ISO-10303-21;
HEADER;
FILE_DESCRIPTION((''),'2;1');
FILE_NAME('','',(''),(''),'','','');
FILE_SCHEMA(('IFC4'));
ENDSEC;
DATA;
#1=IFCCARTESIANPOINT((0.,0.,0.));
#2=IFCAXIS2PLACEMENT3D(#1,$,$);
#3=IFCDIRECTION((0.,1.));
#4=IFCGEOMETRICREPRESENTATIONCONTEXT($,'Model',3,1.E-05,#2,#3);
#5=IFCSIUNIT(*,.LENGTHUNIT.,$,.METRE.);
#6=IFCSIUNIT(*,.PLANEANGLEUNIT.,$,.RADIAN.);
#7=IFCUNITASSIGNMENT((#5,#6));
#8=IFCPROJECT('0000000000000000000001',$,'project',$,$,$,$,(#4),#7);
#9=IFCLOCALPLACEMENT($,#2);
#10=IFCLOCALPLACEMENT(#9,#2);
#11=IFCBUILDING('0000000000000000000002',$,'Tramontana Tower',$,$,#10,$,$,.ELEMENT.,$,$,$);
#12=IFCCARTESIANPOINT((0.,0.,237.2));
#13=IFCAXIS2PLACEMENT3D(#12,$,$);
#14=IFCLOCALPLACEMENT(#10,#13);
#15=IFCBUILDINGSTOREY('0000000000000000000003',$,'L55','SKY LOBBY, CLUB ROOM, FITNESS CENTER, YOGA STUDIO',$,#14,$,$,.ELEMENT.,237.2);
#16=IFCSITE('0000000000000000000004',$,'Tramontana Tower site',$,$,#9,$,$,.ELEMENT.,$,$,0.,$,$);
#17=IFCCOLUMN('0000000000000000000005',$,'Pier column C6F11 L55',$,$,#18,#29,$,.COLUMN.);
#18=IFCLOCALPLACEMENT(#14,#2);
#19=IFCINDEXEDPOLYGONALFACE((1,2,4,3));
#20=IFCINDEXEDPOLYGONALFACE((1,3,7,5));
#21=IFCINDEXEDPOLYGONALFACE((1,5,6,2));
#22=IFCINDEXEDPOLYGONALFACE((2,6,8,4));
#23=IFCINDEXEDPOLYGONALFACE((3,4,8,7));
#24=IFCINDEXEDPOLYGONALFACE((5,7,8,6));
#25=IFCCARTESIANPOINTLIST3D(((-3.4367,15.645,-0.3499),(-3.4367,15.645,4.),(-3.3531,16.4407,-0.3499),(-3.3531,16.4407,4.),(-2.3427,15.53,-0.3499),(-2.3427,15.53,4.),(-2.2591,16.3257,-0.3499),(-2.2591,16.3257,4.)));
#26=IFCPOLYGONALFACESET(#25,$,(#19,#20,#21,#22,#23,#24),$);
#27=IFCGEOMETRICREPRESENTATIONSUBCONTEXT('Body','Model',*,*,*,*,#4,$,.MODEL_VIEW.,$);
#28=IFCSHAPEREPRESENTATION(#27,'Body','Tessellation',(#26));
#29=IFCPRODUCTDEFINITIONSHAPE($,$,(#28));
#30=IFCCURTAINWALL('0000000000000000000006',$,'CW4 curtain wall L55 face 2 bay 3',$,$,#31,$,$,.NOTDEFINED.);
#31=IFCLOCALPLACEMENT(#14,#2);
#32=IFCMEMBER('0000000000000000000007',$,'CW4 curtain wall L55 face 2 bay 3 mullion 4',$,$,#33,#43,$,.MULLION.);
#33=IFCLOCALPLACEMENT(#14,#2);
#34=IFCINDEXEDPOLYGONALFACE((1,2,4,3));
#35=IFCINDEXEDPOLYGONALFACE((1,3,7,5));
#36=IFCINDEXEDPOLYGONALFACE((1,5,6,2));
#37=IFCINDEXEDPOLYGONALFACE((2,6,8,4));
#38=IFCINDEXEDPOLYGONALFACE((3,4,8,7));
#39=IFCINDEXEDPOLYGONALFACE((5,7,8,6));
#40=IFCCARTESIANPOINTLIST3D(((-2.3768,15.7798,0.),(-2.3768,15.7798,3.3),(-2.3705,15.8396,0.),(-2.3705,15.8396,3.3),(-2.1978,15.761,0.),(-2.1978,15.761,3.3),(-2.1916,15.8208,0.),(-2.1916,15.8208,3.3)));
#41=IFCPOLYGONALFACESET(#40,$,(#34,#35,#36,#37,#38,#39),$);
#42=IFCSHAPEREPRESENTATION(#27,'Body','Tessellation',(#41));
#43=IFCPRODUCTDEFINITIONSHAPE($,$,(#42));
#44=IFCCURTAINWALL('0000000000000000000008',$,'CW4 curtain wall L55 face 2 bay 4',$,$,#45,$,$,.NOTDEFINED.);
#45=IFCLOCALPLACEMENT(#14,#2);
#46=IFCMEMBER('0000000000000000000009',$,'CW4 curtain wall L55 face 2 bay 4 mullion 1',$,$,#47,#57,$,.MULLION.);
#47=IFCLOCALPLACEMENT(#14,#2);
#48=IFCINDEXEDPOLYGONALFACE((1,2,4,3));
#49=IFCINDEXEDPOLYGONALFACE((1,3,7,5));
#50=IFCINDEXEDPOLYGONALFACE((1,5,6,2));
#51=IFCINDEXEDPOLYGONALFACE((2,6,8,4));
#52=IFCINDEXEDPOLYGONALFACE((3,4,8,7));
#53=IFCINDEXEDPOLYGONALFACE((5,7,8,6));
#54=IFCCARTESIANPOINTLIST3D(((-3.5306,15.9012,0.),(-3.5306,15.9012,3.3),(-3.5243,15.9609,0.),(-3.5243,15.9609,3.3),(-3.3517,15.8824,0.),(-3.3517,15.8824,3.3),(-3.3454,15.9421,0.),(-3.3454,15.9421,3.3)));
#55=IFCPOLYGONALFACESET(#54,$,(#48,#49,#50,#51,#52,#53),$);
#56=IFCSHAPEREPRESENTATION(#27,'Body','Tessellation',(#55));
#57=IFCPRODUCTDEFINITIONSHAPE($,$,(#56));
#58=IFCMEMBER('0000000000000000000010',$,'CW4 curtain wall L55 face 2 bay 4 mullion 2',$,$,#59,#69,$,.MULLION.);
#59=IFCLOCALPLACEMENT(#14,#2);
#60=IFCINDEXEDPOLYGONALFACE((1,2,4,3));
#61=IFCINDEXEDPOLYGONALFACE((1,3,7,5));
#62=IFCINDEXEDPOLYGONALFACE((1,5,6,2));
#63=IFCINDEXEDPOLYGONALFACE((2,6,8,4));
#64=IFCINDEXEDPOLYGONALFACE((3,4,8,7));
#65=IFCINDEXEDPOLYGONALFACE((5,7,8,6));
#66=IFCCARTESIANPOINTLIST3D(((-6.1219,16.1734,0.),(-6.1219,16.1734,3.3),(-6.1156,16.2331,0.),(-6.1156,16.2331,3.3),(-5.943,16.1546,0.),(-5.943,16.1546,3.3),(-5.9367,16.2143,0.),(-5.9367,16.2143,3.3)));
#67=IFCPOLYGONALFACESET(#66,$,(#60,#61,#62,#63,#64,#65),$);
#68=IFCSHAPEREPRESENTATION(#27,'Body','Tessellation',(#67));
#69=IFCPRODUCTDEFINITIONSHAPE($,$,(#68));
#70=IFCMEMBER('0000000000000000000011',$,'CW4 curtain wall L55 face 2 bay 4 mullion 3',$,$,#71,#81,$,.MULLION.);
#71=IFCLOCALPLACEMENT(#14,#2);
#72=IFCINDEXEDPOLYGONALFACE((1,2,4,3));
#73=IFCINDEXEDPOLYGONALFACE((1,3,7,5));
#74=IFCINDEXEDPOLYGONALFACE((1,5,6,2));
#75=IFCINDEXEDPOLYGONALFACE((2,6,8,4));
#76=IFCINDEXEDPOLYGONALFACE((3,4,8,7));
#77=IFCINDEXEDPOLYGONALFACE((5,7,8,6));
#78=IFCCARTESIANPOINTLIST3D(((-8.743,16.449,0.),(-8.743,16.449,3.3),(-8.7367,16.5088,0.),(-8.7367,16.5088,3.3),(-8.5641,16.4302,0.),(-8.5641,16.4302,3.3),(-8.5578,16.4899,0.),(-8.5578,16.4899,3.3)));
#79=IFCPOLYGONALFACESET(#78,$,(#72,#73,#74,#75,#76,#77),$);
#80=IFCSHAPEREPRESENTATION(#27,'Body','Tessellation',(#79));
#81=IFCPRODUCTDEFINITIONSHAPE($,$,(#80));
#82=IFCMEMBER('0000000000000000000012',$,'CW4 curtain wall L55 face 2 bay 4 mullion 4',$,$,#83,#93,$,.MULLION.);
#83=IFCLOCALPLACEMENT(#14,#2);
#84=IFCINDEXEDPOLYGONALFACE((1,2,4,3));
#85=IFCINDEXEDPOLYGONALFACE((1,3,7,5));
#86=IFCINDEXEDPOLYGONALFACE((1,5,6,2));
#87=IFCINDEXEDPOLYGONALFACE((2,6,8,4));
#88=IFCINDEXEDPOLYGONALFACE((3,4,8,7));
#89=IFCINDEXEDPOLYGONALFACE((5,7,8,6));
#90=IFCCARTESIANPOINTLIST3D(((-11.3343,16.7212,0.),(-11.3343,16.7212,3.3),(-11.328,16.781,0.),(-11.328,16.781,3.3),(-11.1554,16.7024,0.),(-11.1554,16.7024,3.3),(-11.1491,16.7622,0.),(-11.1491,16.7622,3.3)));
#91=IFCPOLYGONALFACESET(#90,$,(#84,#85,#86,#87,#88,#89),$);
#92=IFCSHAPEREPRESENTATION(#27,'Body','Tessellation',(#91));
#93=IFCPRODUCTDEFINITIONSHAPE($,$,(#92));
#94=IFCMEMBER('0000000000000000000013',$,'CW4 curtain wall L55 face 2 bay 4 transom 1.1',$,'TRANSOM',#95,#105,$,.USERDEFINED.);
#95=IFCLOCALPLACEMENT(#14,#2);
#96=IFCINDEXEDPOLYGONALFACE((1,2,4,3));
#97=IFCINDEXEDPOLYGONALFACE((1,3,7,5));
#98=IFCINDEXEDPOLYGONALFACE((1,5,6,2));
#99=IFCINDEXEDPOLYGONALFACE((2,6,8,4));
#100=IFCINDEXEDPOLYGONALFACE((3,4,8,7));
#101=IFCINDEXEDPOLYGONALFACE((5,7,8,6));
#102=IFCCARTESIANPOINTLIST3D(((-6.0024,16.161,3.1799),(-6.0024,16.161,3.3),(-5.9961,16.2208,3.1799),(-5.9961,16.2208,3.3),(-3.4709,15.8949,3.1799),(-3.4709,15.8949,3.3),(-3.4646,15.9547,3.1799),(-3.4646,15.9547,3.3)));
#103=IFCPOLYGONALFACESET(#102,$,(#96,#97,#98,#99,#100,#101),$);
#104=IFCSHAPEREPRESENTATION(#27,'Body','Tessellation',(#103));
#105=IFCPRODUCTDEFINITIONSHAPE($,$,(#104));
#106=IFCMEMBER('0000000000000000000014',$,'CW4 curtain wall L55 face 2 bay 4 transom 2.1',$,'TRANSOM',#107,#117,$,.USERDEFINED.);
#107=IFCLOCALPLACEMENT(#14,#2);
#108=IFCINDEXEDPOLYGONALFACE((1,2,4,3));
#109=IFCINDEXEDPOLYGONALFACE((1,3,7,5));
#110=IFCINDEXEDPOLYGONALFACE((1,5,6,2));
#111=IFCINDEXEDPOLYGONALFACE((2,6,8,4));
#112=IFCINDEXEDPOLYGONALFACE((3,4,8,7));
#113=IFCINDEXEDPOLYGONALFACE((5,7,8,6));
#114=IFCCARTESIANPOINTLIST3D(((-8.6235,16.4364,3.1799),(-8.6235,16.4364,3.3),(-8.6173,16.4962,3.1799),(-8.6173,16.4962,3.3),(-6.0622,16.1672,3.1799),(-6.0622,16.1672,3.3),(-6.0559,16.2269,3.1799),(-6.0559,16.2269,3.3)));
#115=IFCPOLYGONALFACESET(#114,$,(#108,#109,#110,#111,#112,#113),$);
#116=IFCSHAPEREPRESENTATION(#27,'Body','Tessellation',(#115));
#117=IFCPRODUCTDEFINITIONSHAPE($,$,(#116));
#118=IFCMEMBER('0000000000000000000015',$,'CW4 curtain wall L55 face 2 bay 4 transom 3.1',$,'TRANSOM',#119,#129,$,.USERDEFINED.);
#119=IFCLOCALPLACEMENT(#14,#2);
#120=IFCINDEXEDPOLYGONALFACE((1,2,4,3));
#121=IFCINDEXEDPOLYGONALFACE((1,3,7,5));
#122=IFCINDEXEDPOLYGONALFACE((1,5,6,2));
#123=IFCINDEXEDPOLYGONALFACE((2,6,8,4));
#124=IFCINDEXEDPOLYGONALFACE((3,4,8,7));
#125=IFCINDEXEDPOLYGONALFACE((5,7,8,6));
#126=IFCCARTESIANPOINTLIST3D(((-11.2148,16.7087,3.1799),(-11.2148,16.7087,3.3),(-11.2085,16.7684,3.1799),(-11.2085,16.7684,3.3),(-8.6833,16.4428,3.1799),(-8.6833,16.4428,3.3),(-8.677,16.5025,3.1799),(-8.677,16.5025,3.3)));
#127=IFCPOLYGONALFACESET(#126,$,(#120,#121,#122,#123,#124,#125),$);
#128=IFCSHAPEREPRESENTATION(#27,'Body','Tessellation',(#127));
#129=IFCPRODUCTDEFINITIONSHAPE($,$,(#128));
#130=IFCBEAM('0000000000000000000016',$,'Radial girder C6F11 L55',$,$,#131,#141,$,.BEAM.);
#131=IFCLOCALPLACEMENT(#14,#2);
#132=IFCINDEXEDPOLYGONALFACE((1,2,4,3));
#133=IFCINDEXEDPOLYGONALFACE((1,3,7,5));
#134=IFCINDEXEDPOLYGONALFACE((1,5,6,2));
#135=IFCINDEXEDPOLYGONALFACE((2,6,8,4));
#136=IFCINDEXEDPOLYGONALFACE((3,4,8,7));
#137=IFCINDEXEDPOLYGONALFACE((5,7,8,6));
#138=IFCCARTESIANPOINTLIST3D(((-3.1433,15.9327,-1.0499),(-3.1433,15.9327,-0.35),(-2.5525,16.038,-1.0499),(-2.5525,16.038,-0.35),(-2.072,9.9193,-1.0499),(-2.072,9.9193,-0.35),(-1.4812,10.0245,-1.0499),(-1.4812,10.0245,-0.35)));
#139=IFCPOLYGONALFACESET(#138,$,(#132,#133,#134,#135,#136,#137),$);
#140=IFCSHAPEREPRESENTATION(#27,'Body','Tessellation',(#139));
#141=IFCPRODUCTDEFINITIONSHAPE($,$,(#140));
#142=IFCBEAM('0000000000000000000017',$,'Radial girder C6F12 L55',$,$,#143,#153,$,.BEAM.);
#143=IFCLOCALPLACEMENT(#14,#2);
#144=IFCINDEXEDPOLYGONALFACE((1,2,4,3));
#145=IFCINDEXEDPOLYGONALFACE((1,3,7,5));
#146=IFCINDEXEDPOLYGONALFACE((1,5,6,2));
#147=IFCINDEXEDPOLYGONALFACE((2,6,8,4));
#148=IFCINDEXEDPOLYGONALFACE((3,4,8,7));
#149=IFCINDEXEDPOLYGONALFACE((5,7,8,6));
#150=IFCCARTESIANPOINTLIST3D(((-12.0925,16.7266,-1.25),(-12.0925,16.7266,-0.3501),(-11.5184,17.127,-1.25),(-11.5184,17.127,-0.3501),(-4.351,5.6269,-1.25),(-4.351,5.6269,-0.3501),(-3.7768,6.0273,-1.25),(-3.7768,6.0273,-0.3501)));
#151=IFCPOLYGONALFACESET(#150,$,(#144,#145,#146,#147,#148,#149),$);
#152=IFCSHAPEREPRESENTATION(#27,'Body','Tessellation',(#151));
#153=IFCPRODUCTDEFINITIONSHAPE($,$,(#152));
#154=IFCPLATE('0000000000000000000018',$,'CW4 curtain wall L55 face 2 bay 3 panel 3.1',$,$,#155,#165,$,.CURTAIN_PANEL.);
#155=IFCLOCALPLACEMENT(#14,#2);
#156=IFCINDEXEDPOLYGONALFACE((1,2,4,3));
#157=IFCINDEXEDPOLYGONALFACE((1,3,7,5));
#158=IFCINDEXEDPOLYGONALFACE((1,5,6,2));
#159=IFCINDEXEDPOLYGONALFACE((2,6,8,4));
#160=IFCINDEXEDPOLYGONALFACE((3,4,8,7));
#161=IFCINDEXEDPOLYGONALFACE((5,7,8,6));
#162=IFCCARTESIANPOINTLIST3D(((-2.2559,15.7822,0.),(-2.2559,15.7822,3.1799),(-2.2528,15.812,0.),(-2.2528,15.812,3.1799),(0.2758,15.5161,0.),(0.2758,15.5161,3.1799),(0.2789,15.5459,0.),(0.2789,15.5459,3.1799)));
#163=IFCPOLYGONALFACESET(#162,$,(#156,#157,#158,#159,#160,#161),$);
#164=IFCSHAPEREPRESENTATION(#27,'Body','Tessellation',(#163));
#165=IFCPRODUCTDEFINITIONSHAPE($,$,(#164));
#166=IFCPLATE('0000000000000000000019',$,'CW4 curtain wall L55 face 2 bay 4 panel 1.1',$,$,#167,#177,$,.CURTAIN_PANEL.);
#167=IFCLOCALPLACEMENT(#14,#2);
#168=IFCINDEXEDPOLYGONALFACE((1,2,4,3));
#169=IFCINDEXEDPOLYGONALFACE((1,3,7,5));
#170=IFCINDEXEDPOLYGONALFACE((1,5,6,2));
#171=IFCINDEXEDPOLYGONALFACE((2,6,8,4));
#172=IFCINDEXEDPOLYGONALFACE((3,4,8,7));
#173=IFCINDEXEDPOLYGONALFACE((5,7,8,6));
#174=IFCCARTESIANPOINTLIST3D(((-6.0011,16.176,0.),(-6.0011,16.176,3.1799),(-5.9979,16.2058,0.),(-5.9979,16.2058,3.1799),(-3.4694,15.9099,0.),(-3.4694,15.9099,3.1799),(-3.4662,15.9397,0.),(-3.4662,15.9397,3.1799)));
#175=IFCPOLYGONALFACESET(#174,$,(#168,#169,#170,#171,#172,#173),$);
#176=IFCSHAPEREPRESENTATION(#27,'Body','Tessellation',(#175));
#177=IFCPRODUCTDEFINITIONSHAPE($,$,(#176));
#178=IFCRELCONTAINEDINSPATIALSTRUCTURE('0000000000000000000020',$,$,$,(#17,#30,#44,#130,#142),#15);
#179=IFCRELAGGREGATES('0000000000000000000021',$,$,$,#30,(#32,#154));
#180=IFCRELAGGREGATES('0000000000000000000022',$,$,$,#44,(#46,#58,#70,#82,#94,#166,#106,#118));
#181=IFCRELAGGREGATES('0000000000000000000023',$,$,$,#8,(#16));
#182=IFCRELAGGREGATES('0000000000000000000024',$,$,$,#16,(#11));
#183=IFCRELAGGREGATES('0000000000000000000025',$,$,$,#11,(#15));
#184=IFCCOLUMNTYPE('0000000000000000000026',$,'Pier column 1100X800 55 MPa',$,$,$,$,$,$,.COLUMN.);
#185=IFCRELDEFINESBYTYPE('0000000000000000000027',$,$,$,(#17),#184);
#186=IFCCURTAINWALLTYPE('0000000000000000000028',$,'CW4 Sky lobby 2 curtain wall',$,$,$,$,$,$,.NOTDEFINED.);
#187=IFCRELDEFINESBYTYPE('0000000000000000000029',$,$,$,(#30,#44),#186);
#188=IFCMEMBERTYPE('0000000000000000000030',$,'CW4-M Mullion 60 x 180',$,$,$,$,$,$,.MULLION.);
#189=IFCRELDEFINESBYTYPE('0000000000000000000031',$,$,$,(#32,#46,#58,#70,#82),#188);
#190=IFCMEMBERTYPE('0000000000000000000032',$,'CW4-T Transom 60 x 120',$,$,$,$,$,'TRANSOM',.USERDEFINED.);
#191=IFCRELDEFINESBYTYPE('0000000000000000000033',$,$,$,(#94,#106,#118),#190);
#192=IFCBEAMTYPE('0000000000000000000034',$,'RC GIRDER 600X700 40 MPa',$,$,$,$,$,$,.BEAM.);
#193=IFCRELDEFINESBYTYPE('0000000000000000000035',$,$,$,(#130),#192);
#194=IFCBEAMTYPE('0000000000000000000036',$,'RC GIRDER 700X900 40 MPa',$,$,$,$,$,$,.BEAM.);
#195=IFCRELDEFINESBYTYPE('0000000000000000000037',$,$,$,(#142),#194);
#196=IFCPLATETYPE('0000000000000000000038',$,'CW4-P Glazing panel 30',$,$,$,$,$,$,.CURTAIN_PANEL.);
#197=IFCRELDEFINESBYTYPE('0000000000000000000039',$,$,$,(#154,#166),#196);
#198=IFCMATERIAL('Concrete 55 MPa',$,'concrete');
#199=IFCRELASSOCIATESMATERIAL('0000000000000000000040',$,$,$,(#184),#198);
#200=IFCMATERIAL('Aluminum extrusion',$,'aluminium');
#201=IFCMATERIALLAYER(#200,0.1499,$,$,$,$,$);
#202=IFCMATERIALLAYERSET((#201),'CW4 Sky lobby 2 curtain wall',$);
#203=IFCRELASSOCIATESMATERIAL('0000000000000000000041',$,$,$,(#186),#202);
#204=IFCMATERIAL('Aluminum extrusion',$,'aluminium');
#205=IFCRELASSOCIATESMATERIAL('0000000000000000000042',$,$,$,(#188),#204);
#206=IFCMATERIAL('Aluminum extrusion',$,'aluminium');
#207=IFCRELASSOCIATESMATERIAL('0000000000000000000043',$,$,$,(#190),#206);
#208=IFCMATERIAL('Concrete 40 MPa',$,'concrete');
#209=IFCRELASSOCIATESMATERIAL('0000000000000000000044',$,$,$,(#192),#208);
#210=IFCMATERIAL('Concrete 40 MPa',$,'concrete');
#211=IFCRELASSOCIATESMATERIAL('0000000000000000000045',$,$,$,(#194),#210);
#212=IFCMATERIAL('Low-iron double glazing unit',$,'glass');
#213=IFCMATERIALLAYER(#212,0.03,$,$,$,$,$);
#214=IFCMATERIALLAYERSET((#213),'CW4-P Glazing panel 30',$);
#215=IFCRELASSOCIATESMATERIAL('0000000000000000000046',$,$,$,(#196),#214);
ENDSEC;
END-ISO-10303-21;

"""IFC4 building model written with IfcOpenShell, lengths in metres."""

from ifc_helpers import new_model, si_unit, direction, frame, origin, origin_2d, place, context, subcontext, project, spatial, rectangle, extrude, material, layer, layer_set, material_profile, profile_set, type_object, element, aggregate, save


model = new_model("IFC4")

# Units and contexts
model_context = context("Model", 3, precision=1e-05, world=origin(), true_north=direction((0.0, 1.0)))
body_context = subcontext(model_context, "Body", "Model", "MODEL_VIEW")
ifc_project = project(units=[si_unit("LENGTHUNIT", "METRE"), si_unit("PLANEANGLEUNIT", "RADIAN")], contexts=[model_context])

# Site, building, storey
site_placement = place(None, origin())
site = spatial("IfcSite", under=ifc_project, at=site_placement, Name="Tramontana Tower site", CompositionType="ELEMENT", RefElevation=0.0)
building_placement = place(site_placement, origin())
building = spatial("IfcBuilding", under=site, at=building_placement, Name="Tramontana Tower", CompositionType="ELEMENT")
storey_placement = place(building_placement, frame((0.0, 0.0, 237.2)))
storey = spatial("IfcBuildingStorey", under=building, at=storey_placement, Name="L55", Description="SKY LOBBY, CLUB ROOM, FITNESS CENTER, YOGA STUDIO", CompositionType="ELEMENT", Elevation=237.2)

# Column
ifc_material_1 = material(Name="Concrete 55 MPa", Category="concrete")
ifc_material_profile_1 = material_profile(ifc_material_1, rectangle(XDim=1.1001, YDim=0.8, at=origin_2d()), Name="Pier column 1100X800 55 MPa")
ifc_profile_set_1 = profile_set([ifc_material_profile_1], Name="Concrete 55 MPa")
column_type = type_object("IfcColumnType", Name="Pier column 1100X800 55 MPa", PredefinedType="COLUMN", material=ifc_profile_set_1)
column_placement = place(storey_placement, frame((-2.8479, 15.9854, -0.3499), z_axis=(0.0, 0.0, 1.0), x_axis=(-0.994522, 0.104528, 0.0)))
element("IfcColumn", 1, at=column_placement, inside=storey, type_object=column_type, Name="Pier column C6F11 L55", PredefinedType="COLUMN", context=body_context, shape_type="SweptSolid", body=[
    extrude(rectangle(XDim=1.1001, YDim=0.8, at=origin_2d()), origin(), (0.0, 0.0, 1.0), 4.3499),
])

# Curtain wall, member
ifc_material_2 = material(Name="Aluminum extrusion", Category="aluminium")
ifc_layer_1 = layer(ifc_material_2, 0.1499)
ifc_layer_set_1 = layer_set([ifc_layer_1], Name="CW4 Sky lobby 2 curtain wall")
curtain_wall_type = type_object("IfcCurtainWallType", Name="CW4 Sky lobby 2 curtain wall", PredefinedType="NOTDEFINED", material=ifc_layer_set_1)
curtain_wall_1_placement = place(storey_placement, origin())
curtain_wall_1 = element("IfcCurtainWall", 2, at=curtain_wall_1_placement, inside=storey, type_object=curtain_wall_type, Name="CW4 curtain wall L55 face 2 bay 3", PredefinedType="NOTDEFINED")
ifc_material_3 = material(Name="Aluminum extrusion", Category="aluminium")
ifc_material_profile_2 = material_profile(ifc_material_3, rectangle(XDim=0.0601, YDim=0.1799, at=origin_2d()), Name="CW4-M Mullion 60 x 180")
ifc_profile_set_2 = profile_set([ifc_material_profile_2], Name="Aluminum extrusion")
member_type_1 = type_object("IfcMemberType", Name="CW4-M Mullion 60 x 180", PredefinedType="MULLION", material=ifc_profile_set_2)
member_1_placement = place(storey_placement, frame((-2.2842, 15.8003, 0.0), z_axis=(0.0, 0.0, 1.0), x_axis=(-0.104528, -0.994522, 0.0)))
member_1 = element("IfcMember", 3, at=member_1_placement, type_object=member_type_1, Name="CW4 curtain wall L55 face 2 bay 3 mullion 4", PredefinedType="MULLION", context=body_context, shape_type="SweptSolid", body=[
    extrude(rectangle(XDim=0.0601, YDim=0.1799, at=origin_2d()), origin(), (0.0, 0.0, 1.0), 3.3),
])

# Curtain wall, members
curtain_wall_2_placement = place(storey_placement, origin())
curtain_wall_2 = element("IfcCurtainWall", 4, at=curtain_wall_2_placement, inside=storey, type_object=curtain_wall_type, Name="CW4 curtain wall L55 face 2 bay 4", PredefinedType="NOTDEFINED")
member_2_placement = place(storey_placement, frame((-3.438, 15.9216, 0.0), z_axis=(0.0, 0.0, 1.0), x_axis=(-0.104528, -0.994522, 0.0)))
member_2 = element("IfcMember", 5, at=member_2_placement, type_object=member_type_1, Name="CW4 curtain wall L55 face 2 bay 4 mullion 1", PredefinedType="MULLION", context=body_context, shape_type="SweptSolid", body=[
    extrude(rectangle(XDim=0.0601, YDim=0.1799, at=origin_2d()), origin(), (0.0, 0.0, 1.0), 3.3),
])
member_3_placement = place(storey_placement, frame((-6.0293, 16.1938, 0.0), z_axis=(0.0, 0.0, 1.0), x_axis=(-0.104528, -0.994522, 0.0)))
member_3 = element("IfcMember", 6, at=member_3_placement, type_object=member_type_1, Name="CW4 curtain wall L55 face 2 bay 4 mullion 2", PredefinedType="MULLION", context=body_context, shape_type="SweptSolid", body=[
    extrude(rectangle(XDim=0.0601, YDim=0.1799, at=origin_2d()), origin(), (0.0, 0.0, 1.0), 3.3),
])
member_4_placement = place(storey_placement, frame((-8.6504, 16.4695, 0.0), z_axis=(0.0, 0.0, 1.0), x_axis=(-0.104528, -0.994522, 0.0)))
member_4 = element("IfcMember", 7, at=member_4_placement, type_object=member_type_1, Name="CW4 curtain wall L55 face 2 bay 4 mullion 3", PredefinedType="MULLION", context=body_context, shape_type="SweptSolid", body=[
    extrude(rectangle(XDim=0.0601, YDim=0.1799, at=origin_2d()), origin(), (0.0, 0.0, 1.0), 3.3),
])
member_5_placement = place(storey_placement, frame((-11.2417, 16.7417, 0.0), z_axis=(0.0, 0.0, 1.0), x_axis=(-0.104528, -0.994522, 0.0)))
member_5 = element("IfcMember", 8, at=member_5_placement, type_object=member_type_1, Name="CW4 curtain wall L55 face 2 bay 4 mullion 4", PredefinedType="MULLION", context=body_context, shape_type="SweptSolid", body=[
    extrude(rectangle(XDim=0.0601, YDim=0.1799, at=origin_2d()), origin(), (0.0, 0.0, 1.0), 3.3),
])
ifc_material_4 = material(Name="Aluminum extrusion", Category="aluminium")
ifc_material_profile_3 = material_profile(ifc_material_4, rectangle(XDim=0.0601, YDim=0.1201, at=origin_2d()), Name="CW4-T Transom 60 x 120")
ifc_profile_set_3 = profile_set([ifc_material_profile_3], Name="Aluminum extrusion")
member_type_2 = type_object("IfcMemberType", Name="CW4-T Transom 60 x 120", ElementType="TRANSOM", PredefinedType="USERDEFINED", material=ifc_profile_set_3)
member_6_placement = place(storey_placement, frame((-3.4678, 15.9248, 3.24), z_axis=(-0.99452, 0.104545, 0.0), x_axis=(-0.104545, -0.99452, 0.0)))
member_6 = element("IfcMember", 9, at=member_6_placement, type_object=member_type_2, Name="CW4 curtain wall L55 face 2 bay 4 transom 1.1", ObjectType="TRANSOM", PredefinedType="USERDEFINED", context=body_context, shape_type="SweptSolid", body=[
    extrude(rectangle(XDim=0.0601, YDim=0.1201, at=origin_2d()), origin(), (0.0, 0.0, 1.0), 2.5454),
])
member_7_placement = place(storey_placement, frame((-6.0591, 16.197, 3.24), z_axis=(-0.994518, 0.104561, 0.0), x_axis=(-0.104561, -0.994518, 0.0)))
member_7 = element("IfcMember", 10, at=member_7_placement, type_object=member_type_2, Name="CW4 curtain wall L55 face 2 bay 4 transom 2.1", ObjectType="TRANSOM", PredefinedType="USERDEFINED", context=body_context, shape_type="SweptSolid", body=[
    extrude(rectangle(XDim=0.0601, YDim=0.1201, at=origin_2d()), origin(), (0.0, 0.0, 1.0), 2.5754),
])
member_8_placement = place(storey_placement, frame((-8.6802, 16.4727, 3.24), z_axis=(-0.99453, 0.10445, 0.0), x_axis=(-0.10445, -0.99453, 0.0)))
member_8 = element("IfcMember", 11, at=member_8_placement, type_object=member_type_2, Name="CW4 curtain wall L55 face 2 bay 4 transom 3.1", ObjectType="TRANSOM", PredefinedType="USERDEFINED", context=body_context, shape_type="SweptSolid", body=[
    extrude(rectangle(XDim=0.0601, YDim=0.1201, at=origin_2d()), origin(), (0.0, 0.0, 1.0), 2.5454),
])

# Beams
ifc_material_5 = material(Name="Concrete 40 MPa", Category="concrete")
ifc_material_profile_4 = material_profile(ifc_material_5, rectangle(XDim=0.6001, YDim=0.7, at=origin_2d()), Name="RC GIRDER 600X700 40 MPa")
ifc_profile_set_4 = profile_set([ifc_material_profile_4], Name="Concrete 40 MPa")
beam_type_1 = type_object("IfcBeamType", Name="RC GIRDER 600X700 40 MPa", PredefinedType="BEAM", material=ifc_profile_set_4)
beam_1_placement = place(storey_placement, frame((-2.8479, 15.9854, -0.7), z_axis=(0.175388, -0.984499, 0.0), x_axis=(0.984499, 0.175388, 0.0)))
element("IfcBeam", 12, at=beam_1_placement, inside=storey, type_object=beam_type_1, Name="Radial girder C6F11 L55", PredefinedType="BEAM", context=body_context, shape_type="SweptSolid", body=[
    extrude(rectangle(XDim=0.6001, YDim=0.7, at=origin_2d()), origin(), (0.0, 0.0, 1.0), 6.1082),
])
ifc_material_6 = material(Name="Concrete 40 MPa", Category="concrete")
ifc_material_profile_5 = material_profile(ifc_material_6, rectangle(XDim=0.7, YDim=0.8999, at=origin_2d()), Name="RC GIRDER 700X900 40 MPa")
ifc_profile_set_5 = profile_set([ifc_material_profile_5], Name="Concrete 40 MPa")
beam_type_2 = type_object("IfcBeamType", Name="RC GIRDER 700X900 40 MPa", PredefinedType="BEAM", material=ifc_profile_set_5)
beam_2_placement = place(storey_placement, frame((-11.8054, 16.9268, -0.8), z_axis=(0.572059, -0.820212, 0.0), x_axis=(0.820212, 0.572059, 0.0)))
element("IfcBeam", 13, at=beam_2_placement, inside=storey, type_object=beam_type_2, Name="Radial girder C6F12 L55", PredefinedType="BEAM", context=body_context, shape_type="SweptSolid", body=[
    extrude(rectangle(XDim=0.7, YDim=0.8999, at=origin_2d()), origin(), (0.0, 0.0, 1.0), 13.5327),
])

# Plates
ifc_material_7 = material(Name="Low-iron double glazing unit", Category="glass")
ifc_layer_2 = layer(ifc_material_7, 0.03)
ifc_layer_set_2 = layer_set([ifc_layer_2], Name="CW4-P Glazing panel 30")
plate_type = type_object("IfcPlateType", Name="CW4-P Glazing panel 30", PredefinedType="CURTAIN_PANEL", material=ifc_layer_set_2)
plate_1_placement = place(storey_placement, frame((-0.9885, 15.6641, 0.0), z_axis=(0.0, 0.0, 1.0), x_axis=(-0.994522, 0.104528, 0.0)))
plate_1 = element("IfcPlate", 14, at=plate_1_placement, type_object=plate_type, Name="CW4 curtain wall L55 face 2 bay 3 panel 3.1", PredefinedType="CURTAIN_PANEL", context=body_context, shape_type="SweptSolid", body=[
    extrude(rectangle(XDim=2.5457, YDim=0.03, at=origin_2d()), origin(), (0.0, 0.0, 1.0), 3.1799),
])
aggregate(curtain_wall_1, [member_1, plate_1])
plate_2_placement = place(storey_placement, frame((-4.7336, 16.0579, 0.0), z_axis=(0.0, 0.0, 1.0), x_axis=(-0.994522, 0.104528, 0.0)))
plate_2 = element("IfcPlate", 15, at=plate_2_placement, type_object=plate_type, Name="CW4 curtain wall L55 face 2 bay 4 panel 1.1", PredefinedType="CURTAIN_PANEL", context=body_context, shape_type="SweptSolid", body=[
    extrude(rectangle(XDim=2.5457, YDim=0.03, at=origin_2d()), origin(), (0.0, 0.0, 1.0), 3.1799),
])
aggregate(curtain_wall_2, [member_2, member_3, member_4, member_5, member_6, plate_2, member_7, member_8])

save(model, "model.ifc")
